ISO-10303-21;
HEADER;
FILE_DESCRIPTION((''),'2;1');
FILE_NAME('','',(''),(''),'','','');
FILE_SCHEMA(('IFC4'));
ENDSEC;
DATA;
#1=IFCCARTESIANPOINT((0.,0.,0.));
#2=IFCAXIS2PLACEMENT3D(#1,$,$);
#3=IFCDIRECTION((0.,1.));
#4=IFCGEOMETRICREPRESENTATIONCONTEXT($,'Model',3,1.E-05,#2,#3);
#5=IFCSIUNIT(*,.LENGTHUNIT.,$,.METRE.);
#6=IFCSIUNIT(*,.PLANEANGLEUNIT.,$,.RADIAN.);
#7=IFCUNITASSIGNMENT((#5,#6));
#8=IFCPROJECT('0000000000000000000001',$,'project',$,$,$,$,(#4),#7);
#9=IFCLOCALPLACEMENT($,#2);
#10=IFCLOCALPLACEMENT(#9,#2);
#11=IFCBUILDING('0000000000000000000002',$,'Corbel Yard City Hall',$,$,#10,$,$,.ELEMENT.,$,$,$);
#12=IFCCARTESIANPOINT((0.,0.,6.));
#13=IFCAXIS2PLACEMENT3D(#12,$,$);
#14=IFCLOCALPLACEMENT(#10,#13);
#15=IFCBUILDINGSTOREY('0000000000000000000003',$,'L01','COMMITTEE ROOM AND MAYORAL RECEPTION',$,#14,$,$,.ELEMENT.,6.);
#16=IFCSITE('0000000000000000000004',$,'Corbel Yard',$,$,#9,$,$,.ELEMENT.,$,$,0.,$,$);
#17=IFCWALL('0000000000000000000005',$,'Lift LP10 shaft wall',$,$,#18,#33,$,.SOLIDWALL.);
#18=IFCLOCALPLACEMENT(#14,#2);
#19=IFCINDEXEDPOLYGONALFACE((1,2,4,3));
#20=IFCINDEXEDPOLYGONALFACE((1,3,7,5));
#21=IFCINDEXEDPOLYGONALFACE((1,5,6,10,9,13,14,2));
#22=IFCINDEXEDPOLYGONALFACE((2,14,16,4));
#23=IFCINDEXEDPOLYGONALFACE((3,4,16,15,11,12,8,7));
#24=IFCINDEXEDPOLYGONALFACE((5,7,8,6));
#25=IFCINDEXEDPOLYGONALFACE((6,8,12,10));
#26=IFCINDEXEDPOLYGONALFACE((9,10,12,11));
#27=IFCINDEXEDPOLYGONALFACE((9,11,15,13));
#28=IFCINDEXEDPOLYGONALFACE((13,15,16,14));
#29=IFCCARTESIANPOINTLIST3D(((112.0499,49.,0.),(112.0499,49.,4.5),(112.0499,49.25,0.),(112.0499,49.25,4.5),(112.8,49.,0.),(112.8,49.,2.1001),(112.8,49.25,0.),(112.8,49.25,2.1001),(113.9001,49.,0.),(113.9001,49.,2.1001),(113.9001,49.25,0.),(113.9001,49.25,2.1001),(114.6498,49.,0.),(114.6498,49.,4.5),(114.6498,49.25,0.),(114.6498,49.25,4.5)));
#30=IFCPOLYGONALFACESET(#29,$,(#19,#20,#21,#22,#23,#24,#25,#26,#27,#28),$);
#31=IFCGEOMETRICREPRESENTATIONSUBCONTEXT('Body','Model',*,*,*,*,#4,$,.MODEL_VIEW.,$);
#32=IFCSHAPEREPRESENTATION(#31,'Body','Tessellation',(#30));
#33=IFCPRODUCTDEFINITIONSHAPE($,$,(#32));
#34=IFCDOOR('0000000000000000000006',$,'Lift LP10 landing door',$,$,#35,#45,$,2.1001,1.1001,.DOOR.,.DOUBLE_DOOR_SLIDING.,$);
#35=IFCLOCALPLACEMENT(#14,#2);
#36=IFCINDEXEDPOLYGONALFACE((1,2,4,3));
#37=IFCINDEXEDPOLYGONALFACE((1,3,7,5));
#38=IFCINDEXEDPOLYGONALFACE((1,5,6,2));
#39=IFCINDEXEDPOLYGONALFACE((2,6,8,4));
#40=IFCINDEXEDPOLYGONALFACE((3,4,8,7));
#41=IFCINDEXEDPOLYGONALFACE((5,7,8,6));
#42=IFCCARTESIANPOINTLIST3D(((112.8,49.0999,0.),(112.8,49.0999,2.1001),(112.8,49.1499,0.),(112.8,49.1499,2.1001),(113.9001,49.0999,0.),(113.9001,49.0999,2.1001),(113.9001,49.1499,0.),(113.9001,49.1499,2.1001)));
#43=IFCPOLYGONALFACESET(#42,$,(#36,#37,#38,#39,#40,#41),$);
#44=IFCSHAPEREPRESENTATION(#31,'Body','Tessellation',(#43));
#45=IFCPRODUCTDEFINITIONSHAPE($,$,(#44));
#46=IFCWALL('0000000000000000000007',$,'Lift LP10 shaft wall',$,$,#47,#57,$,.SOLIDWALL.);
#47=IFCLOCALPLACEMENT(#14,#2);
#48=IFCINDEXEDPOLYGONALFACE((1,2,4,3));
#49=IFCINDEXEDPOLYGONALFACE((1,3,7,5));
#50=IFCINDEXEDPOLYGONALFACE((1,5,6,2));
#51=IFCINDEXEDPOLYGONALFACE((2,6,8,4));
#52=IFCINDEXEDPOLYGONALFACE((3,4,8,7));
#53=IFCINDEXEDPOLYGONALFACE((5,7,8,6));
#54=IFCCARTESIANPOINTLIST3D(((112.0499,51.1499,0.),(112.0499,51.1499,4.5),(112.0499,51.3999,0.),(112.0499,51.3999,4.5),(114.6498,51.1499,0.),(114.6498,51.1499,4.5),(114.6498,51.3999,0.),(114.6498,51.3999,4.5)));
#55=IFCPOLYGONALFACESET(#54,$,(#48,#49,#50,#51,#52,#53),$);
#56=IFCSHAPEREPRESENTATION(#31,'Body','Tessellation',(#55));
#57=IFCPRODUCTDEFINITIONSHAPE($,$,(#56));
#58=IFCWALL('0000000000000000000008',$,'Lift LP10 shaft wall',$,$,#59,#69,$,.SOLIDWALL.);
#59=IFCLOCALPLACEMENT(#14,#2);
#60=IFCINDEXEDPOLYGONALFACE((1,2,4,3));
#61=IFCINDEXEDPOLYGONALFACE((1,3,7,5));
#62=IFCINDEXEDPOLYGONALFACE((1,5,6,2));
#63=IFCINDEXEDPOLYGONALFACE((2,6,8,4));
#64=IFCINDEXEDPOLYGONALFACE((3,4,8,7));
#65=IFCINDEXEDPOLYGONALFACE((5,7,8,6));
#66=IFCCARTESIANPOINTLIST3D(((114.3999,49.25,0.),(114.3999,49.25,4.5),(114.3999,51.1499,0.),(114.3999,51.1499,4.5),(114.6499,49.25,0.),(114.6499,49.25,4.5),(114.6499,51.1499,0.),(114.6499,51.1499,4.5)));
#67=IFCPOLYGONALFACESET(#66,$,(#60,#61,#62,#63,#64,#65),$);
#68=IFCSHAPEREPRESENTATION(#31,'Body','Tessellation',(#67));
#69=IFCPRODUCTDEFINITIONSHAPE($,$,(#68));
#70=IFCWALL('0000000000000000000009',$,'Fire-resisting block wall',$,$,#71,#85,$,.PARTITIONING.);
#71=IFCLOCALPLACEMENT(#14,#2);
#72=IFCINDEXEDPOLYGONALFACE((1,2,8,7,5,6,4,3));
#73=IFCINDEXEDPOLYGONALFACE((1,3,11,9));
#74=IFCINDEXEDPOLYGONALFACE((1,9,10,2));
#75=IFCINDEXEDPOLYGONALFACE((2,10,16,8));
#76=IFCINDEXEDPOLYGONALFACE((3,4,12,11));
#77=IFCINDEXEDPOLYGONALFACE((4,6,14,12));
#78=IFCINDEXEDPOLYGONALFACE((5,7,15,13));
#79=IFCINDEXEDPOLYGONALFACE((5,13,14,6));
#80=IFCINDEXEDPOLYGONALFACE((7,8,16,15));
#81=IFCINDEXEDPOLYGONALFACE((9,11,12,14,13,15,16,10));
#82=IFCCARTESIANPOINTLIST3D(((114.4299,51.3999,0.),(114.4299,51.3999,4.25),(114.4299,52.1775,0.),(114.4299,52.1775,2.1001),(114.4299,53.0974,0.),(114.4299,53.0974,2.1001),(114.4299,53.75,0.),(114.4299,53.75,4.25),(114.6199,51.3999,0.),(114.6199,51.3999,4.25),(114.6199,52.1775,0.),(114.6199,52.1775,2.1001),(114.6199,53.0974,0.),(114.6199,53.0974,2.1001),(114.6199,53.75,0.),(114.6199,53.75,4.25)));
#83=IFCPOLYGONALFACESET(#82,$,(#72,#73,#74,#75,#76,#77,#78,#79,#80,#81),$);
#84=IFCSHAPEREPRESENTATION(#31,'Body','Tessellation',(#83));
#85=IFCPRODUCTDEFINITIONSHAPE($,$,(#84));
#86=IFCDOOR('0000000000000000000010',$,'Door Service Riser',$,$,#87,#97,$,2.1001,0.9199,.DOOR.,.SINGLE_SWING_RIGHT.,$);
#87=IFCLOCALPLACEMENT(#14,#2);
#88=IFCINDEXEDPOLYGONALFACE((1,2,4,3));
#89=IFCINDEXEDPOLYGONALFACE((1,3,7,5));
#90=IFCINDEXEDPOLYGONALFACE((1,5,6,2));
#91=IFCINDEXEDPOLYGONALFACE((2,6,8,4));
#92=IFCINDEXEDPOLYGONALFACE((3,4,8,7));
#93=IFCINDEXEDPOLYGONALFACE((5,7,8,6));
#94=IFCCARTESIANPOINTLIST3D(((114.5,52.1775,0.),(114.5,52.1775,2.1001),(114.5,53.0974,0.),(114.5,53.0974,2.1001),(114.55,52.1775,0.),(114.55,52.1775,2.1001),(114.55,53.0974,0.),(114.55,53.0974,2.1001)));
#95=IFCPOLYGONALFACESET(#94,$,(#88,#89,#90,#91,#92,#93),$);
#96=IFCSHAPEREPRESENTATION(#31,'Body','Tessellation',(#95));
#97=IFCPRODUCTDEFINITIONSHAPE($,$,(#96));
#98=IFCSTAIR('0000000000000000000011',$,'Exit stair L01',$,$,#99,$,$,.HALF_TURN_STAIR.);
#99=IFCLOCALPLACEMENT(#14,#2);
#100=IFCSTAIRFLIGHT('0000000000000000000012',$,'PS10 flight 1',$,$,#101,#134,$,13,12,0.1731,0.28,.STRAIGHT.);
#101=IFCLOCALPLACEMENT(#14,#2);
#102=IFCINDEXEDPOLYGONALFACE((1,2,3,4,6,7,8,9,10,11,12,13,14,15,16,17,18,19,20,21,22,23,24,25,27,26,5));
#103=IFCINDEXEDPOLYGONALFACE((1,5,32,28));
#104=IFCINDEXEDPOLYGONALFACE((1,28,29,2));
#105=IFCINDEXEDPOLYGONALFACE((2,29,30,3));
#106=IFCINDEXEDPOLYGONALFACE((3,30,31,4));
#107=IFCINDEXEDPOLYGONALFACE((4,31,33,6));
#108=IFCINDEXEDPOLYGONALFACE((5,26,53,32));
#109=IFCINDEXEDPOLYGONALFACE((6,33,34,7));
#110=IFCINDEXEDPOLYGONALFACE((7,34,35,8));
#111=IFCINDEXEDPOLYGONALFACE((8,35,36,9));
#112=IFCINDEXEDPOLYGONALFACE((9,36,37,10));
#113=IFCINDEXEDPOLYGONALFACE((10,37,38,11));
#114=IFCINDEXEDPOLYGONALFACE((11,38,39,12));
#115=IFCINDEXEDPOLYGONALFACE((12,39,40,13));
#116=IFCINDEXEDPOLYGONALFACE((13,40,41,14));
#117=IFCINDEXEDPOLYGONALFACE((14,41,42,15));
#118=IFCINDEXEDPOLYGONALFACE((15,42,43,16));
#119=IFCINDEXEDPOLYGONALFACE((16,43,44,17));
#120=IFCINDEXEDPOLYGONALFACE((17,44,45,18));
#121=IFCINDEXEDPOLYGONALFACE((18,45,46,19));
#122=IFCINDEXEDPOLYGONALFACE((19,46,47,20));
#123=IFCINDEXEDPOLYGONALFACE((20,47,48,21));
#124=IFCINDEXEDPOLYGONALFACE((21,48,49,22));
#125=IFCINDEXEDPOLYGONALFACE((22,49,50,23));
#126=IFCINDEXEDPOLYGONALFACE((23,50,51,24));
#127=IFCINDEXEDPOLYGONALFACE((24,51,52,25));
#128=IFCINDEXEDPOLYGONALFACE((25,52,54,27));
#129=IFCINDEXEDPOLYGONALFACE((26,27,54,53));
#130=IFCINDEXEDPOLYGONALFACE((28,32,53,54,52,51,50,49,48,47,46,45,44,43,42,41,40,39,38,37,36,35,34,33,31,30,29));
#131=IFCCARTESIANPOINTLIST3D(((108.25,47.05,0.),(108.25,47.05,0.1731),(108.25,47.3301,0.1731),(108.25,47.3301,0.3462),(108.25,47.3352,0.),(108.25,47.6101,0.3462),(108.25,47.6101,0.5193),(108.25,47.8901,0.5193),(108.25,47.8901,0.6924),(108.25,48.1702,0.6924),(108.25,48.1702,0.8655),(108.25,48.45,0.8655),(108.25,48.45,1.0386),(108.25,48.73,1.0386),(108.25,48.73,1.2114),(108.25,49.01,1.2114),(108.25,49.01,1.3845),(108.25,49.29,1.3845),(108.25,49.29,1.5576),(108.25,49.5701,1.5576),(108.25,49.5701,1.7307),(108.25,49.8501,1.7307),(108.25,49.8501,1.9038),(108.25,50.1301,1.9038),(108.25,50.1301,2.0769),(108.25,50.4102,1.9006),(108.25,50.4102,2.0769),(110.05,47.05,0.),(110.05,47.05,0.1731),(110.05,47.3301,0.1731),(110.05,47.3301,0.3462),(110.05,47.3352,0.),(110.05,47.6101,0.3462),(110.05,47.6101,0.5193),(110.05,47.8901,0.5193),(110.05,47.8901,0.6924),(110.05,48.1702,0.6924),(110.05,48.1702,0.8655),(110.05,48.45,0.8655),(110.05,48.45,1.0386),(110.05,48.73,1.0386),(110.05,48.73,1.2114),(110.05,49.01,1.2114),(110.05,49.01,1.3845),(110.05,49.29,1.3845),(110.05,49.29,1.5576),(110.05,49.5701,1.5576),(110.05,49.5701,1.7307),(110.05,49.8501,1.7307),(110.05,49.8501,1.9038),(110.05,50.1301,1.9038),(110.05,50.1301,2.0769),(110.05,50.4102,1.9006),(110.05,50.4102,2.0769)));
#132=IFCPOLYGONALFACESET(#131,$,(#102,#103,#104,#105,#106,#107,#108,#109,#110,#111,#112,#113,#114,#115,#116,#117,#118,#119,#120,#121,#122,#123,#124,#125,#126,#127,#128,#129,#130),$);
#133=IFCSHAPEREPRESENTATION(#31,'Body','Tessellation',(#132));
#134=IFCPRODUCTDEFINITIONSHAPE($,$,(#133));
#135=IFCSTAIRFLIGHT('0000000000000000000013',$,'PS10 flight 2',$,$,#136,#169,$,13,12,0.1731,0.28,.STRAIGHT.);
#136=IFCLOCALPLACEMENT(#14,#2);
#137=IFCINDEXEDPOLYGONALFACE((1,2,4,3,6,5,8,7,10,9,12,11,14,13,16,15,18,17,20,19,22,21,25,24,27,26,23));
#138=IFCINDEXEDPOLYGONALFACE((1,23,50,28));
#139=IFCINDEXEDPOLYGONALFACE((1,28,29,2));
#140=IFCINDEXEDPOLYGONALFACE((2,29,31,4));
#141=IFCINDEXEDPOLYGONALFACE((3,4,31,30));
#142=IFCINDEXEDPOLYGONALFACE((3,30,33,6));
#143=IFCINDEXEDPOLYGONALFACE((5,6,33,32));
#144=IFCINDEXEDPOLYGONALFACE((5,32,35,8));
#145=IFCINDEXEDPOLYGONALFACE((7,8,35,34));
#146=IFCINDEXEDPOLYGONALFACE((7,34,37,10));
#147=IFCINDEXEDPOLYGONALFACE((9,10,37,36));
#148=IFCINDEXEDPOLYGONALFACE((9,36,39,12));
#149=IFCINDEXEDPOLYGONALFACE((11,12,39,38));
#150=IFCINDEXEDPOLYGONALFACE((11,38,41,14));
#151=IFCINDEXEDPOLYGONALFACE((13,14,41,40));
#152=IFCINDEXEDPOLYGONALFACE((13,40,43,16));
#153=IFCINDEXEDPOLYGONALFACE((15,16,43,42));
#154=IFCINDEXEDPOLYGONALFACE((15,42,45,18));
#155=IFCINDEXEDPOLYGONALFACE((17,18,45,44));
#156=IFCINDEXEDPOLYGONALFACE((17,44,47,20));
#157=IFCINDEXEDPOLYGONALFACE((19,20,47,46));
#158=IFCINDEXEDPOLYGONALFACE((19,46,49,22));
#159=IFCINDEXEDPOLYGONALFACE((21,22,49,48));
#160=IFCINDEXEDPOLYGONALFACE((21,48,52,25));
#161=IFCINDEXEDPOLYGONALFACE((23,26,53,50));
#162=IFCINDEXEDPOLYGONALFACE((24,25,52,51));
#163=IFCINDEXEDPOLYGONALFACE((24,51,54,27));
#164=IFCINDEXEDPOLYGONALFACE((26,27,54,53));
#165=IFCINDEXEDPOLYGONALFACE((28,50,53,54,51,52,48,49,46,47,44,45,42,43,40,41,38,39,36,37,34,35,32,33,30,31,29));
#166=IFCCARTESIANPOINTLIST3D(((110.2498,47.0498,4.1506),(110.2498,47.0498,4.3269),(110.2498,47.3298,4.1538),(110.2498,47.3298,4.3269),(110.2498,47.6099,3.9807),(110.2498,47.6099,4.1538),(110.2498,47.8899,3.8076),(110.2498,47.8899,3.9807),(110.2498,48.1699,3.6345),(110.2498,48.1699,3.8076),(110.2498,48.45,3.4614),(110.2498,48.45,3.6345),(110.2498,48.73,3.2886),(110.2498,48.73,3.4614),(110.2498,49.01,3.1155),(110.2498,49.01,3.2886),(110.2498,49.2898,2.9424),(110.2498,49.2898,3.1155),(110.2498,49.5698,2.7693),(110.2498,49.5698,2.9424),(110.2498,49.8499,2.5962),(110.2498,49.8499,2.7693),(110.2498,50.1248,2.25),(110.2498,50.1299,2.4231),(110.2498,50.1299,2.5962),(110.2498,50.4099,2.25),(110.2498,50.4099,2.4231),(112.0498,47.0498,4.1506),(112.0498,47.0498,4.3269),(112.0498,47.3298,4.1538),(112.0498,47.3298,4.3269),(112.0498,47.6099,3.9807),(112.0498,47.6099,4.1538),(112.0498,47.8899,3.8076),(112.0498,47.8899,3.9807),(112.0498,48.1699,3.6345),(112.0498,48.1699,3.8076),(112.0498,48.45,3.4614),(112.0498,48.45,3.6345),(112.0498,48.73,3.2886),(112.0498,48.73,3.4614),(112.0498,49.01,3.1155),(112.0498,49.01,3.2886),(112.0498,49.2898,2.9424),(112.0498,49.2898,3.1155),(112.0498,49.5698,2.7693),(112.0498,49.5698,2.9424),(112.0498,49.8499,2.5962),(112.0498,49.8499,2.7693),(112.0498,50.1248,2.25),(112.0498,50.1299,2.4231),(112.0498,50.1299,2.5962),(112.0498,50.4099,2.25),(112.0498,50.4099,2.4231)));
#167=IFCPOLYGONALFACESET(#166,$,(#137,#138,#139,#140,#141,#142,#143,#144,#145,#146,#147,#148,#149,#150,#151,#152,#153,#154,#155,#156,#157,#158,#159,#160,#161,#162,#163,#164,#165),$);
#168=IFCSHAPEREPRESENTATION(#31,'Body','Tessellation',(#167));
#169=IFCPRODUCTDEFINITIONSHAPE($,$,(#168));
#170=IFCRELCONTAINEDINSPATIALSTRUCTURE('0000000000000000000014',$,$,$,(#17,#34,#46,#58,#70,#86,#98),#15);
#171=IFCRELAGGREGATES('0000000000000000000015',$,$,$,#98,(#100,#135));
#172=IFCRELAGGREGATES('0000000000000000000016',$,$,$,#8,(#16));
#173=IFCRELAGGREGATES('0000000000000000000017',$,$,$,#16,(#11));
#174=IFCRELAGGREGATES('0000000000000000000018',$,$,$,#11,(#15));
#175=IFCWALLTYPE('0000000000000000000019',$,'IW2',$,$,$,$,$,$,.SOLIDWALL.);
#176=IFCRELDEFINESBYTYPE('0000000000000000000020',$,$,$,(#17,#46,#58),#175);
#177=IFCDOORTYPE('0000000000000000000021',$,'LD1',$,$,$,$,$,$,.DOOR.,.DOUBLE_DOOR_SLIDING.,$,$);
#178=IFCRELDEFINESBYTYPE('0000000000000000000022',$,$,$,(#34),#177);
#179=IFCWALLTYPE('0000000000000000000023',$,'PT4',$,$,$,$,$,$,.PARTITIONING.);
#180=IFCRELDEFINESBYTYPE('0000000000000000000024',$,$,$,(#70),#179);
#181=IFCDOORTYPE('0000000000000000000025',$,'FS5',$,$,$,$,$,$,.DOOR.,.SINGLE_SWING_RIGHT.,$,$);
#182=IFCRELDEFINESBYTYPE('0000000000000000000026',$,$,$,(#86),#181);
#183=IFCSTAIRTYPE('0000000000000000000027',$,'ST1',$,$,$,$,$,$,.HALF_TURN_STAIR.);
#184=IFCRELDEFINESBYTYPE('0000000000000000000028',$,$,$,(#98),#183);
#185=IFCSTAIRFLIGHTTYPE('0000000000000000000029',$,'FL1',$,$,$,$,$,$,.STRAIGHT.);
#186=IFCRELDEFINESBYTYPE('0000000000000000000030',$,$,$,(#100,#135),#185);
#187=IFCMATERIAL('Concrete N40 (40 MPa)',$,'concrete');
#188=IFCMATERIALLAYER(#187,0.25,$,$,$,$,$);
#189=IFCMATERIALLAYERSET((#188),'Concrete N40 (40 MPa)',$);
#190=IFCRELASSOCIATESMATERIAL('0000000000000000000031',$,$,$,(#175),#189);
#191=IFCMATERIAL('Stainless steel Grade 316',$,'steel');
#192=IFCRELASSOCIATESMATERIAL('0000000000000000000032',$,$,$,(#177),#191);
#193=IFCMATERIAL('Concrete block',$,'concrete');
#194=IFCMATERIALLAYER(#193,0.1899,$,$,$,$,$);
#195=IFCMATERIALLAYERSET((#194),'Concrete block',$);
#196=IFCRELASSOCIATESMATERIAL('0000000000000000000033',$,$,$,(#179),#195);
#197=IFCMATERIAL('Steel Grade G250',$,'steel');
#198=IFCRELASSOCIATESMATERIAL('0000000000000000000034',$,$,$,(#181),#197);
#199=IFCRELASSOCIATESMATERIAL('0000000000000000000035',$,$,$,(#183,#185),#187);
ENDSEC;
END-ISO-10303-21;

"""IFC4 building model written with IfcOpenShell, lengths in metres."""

from ifc_helpers import new_model, si_unit, direction, frame, frame_2d, origin, place, context, subcontext, project, spatial, polyline, rectangle, outline, extrude, material, layer, layer_set, type_object, element, fill, aggregate, save


model = new_model("IFC4")

# Units and contexts
model_context = context("Model", 3, precision=1e-05, world=origin(), true_north=direction((0.0, 1.0)))
body_context = subcontext(model_context, "Body", "Model", "MODEL_VIEW")
ifc_project = project(units=[si_unit("LENGTHUNIT", "METRE"), si_unit("PLANEANGLEUNIT", "RADIAN")], contexts=[model_context])

# Site, building, storey
site_placement = place(None, origin())
site = spatial("IfcSite", under=ifc_project, at=site_placement, Name="Corbel Yard", CompositionType="ELEMENT", RefElevation=0.0)
building_placement = place(site_placement, origin())
building = spatial("IfcBuilding", under=site, at=building_placement, Name="Corbel Yard City Hall", CompositionType="ELEMENT")
storey_placement = place(building_placement, frame((0.0, 0.0, 6.0)))
storey = spatial("IfcBuildingStorey", under=building, at=storey_placement, Name="L01", Description="COMMITTEE ROOM AND MAYORAL RECEPTION", CompositionType="ELEMENT", Elevation=6.0)

# Shared definitions
ifc_material_1 = material(Name="Concrete N40 (40 MPa)", Category="concrete")

# Shared definitions
ifc_material_2 = material(Name="Steel Grade G250", Category="steel")

# Wall, opening, door
ifc_layer_1 = layer(ifc_material_1, 0.25)
ifc_layer_set_1 = layer_set([ifc_layer_1], Name="Concrete N40 (40 MPa)")
wall_type_1 = type_object("IfcWallType", Name="IW2", PredefinedType="SOLIDWALL", material=ifc_layer_set_1)
wall_1_placement = place(storey_placement, frame((112.05, 49.125, 0.0), z_axis=(0.0, 0.0, 1.0), x_axis=(1.0, 0.0, 0.0)))
wall_1 = element("IfcWall", 1, at=wall_1_placement, inside=storey, type_object=wall_type_1, Name="Lift LP10 shaft wall", PredefinedType="SOLIDWALL", context=body_context, shape_type="SweptSolid", body=[
    extrude(rectangle(XDim=2.5999, YDim=0.25, at=frame_2d((1.2998, 0.0))), origin(), (0.0, 0.0, 1.0), 4.5),
])
opening_1_placement = place(wall_1_placement, frame((0.75, 0.0, 0.0)))
opening_1 = element("IfcOpeningElement", 2, at=opening_1_placement, cuts=wall_1, PredefinedType="OPENING", context=body_context, shape_type="SweptSolid", body=[
    extrude(rectangle(XDim=1.1001, YDim=2.1001, at=frame_2d((0.55, 1.05))), frame((0.0, 0.135, 0.0), z_axis=(0.0, -1.0, 0.0), x_axis=(1.0, 0.0, 0.0)), (0.0, 0.0, 1.0), 0.27),
])
ifc_material_3 = material(Name="Stainless steel Grade 316", Category="steel")
door_type_1 = type_object("IfcDoorType", Name="LD1", OperationType="DOUBLE_DOOR_SLIDING", PredefinedType="DOOR", material=ifc_material_3)
door_1_placement = place(opening_1_placement, origin())
door_1 = element("IfcDoor", 3, at=door_1_placement, inside=storey, type_object=door_type_1, Name="Lift LP10 landing door", OperationType="DOUBLE_DOOR_SLIDING", OverallHeight=2.1001, OverallWidth=1.1001, PredefinedType="DOOR", context=body_context, shape_type="SweptSolid", body=[
    extrude(rectangle(XDim=1.1001, YDim=2.1001, at=frame_2d((0.55, 1.05))), frame((0.0, 0.0249, 0.0), z_axis=(0.0, -1.0, 0.0), x_axis=(1.0, 0.0, 0.0)), (0.0, 0.0, 1.0), 0.05),
])
fill(opening_1, door_1)

# Walls
wall_2_placement = place(storey_placement, frame((112.05, 51.2749, 0.0), z_axis=(0.0, 0.0, 1.0), x_axis=(1.0, 0.0, 0.0)))
element("IfcWall", 4, at=wall_2_placement, inside=storey, type_object=wall_type_1, Name="Lift LP10 shaft wall", PredefinedType="SOLIDWALL", context=body_context, shape_type="SweptSolid", body=[
    extrude(rectangle(XDim=2.5999, YDim=0.25, at=frame_2d((1.2998, 0.0))), origin(), (0.0, 0.0, 1.0), 4.5),
])
wall_3_placement = place(storey_placement, frame((114.5249, 49.25, 0.0), z_axis=(0.0, 0.0, 1.0), x_axis=(0.0, 1.0, 0.0)))
element("IfcWall", 5, at=wall_3_placement, inside=storey, type_object=wall_type_1, Name="Lift LP10 shaft wall", PredefinedType="SOLIDWALL", context=body_context, shape_type="SweptSolid", body=[
    extrude(rectangle(XDim=1.8999, YDim=0.25, at=frame_2d((0.95, 0.0))), origin(), (0.0, 0.0, 1.0), 4.5),
])

# Wall, opening, door
ifc_material_4 = material(Name="Concrete block", Category="concrete")
ifc_layer_2 = layer(ifc_material_4, 0.1899)
ifc_layer_set_2 = layer_set([ifc_layer_2], Name="Concrete block")
wall_type_2 = type_object("IfcWallType", Name="PT4", PredefinedType="PARTITIONING", material=ifc_layer_set_2)
wall_4_placement = place(storey_placement, frame((114.5249, 51.3999, 0.0), z_axis=(0.0, 0.0, 1.0), x_axis=(0.0, 1.0, 0.0)))
wall_4 = element("IfcWall", 6, at=wall_4_placement, inside=storey, type_object=wall_type_2, Name="Fire-resisting block wall", PredefinedType="PARTITIONING", context=body_context, shape_type="SweptSolid", body=[
    extrude(rectangle(XDim=2.3501, YDim=0.1899, at=frame_2d((1.175, 0.0))), origin(), (0.0, 0.0, 1.0), 4.25),
])
opening_2_placement = place(wall_4_placement, frame((0.7776, 0.0, 0.0)))
opening_2 = element("IfcOpeningElement", 7, at=opening_2_placement, cuts=wall_4, PredefinedType="OPENING", context=body_context, shape_type="SweptSolid", body=[
    extrude(rectangle(XDim=0.9199, YDim=2.1001, at=frame_2d((0.46, 1.05))), frame((0.0, 0.105, 0.0), z_axis=(0.0, -1.0, 0.0), x_axis=(1.0, 0.0, 0.0)), (0.0, 0.0, 1.0), 0.21),
])
door_type_2 = type_object("IfcDoorType", Name="FS5", OperationType="SINGLE_SWING_RIGHT", PredefinedType="DOOR", material=ifc_material_2)
door_2_placement = place(opening_2_placement, origin())
door_2 = element("IfcDoor", 8, at=door_2_placement, inside=storey, type_object=door_type_2, Name="Door Service Riser", OperationType="SINGLE_SWING_RIGHT", OverallHeight=2.1001, OverallWidth=0.9199, PredefinedType="DOOR", context=body_context, shape_type="SweptSolid", body=[
    extrude(rectangle(XDim=0.9199, YDim=2.1001, at=frame_2d((0.46, 1.05))), frame((0.0, 0.0249, 0.0), z_axis=(0.0, -1.0, 0.0), x_axis=(1.0, 0.0, 0.0)), (0.0, 0.0, 1.0), 0.05),
])
fill(opening_2, door_2)

# Stair, stair flights
stair_type = type_object("IfcStairType", Name="ST1", PredefinedType="HALF_TURN_STAIR", material=ifc_material_1)
stair_placement = place(storey_placement, origin())
stair = element("IfcStair", 9, at=stair_placement, inside=storey, type_object=stair_type, Name="Exit stair L01", PredefinedType="HALF_TURN_STAIR")
stair_flight_type = type_object("IfcStairFlightType", Name="FL1", PredefinedType="STRAIGHT", material=ifc_material_1)
stair_flight_1_placement = place(storey_placement, frame((109.1499, 47.05, 0.0), z_axis=(0.0, 0.0, 1.0), x_axis=(0.0, 1.0, 0.0)))
stair_flight_1 = element("IfcStairFlight", 10, at=stair_flight_1_placement, type_object=stair_flight_type, Name="PS10 flight 1", NumberOfRisers=13, NumberOfTreads=12, PredefinedType="STRAIGHT", RiserHeight=0.1731, TreadLength=0.28, context=body_context, shape_type="SweptSolid", body=[
    extrude(outline(polyline([(0.0, 0.0), (0.0, 0.1731), (0.28, 0.1731), (0.28, 0.3462), (0.5601, 0.3462), (0.5601, 0.5193), (0.8401, 0.5193), (0.8401, 0.6924), (1.1201, 0.6924), (1.1201, 0.8655), (1.3999, 0.8655), (1.3999, 1.0386), (1.6799, 1.0386), (1.6799, 1.2114), (1.96, 1.2114), (1.96, 1.3845), (2.24, 1.3845), (2.24, 1.5576), (2.52, 1.5576), (2.52, 1.7307), (2.8, 1.7307), (2.8, 1.9038), (3.0801, 1.9038), (3.0801, 2.0769), (3.3601, 2.0769), (3.3601, 2.25), (3.3601, 1.9006), (0.2852, 0.0), (0.0, 0.0)])), frame((0.0, 0.8999, 0.0), z_axis=(0.0, -1.0, 0.0), x_axis=(1.0, 0.0, 0.0)), (0.0, 0.0, 1.0), 1.8),
])
stair_flight_2_placement = place(storey_placement, frame((111.1499, 50.4099, 2.25), z_axis=(0.0, 0.0, 1.0), x_axis=(0.0, -1.0, 0.0)))
stair_flight_2 = element("IfcStairFlight", 11, at=stair_flight_2_placement, type_object=stair_flight_type, Name="PS10 flight 2", NumberOfRisers=13, NumberOfTreads=12, PredefinedType="STRAIGHT", RiserHeight=0.1731, TreadLength=0.28, context=body_context, shape_type="SweptSolid", body=[
    extrude(outline(polyline([(0.0, 0.0), (0.0, 0.1731), (0.28, 0.1731), (0.28, 0.3462), (0.5601, 0.3462), (0.5601, 0.5193), (0.8401, 0.5193), (0.8401, 0.6924), (1.1201, 0.6924), (1.1201, 0.8655), (1.3999, 0.8655), (1.3999, 1.0386), (1.6799, 1.0386), (1.6799, 1.2114), (1.96, 1.2114), (1.96, 1.3845), (2.24, 1.3845), (2.24, 1.5576), (2.52, 1.5576), (2.52, 1.7307), (2.8, 1.7307), (2.8, 1.9038), (3.0801, 1.9038), (3.0801, 2.0769), (3.3601, 2.0769), (3.3601, 2.25), (3.3601, 1.9006), (0.2852, 0.0), (0.0, 0.0)])), frame((0.0, 0.8999, 0.0), z_axis=(0.0, -1.0, 0.0), x_axis=(1.0, 0.0, 0.0)), (0.0, 0.0, 1.0), 1.8),
])
aggregate(stair, [stair_flight_1, stair_flight_2])

save(model, "model.ifc")
